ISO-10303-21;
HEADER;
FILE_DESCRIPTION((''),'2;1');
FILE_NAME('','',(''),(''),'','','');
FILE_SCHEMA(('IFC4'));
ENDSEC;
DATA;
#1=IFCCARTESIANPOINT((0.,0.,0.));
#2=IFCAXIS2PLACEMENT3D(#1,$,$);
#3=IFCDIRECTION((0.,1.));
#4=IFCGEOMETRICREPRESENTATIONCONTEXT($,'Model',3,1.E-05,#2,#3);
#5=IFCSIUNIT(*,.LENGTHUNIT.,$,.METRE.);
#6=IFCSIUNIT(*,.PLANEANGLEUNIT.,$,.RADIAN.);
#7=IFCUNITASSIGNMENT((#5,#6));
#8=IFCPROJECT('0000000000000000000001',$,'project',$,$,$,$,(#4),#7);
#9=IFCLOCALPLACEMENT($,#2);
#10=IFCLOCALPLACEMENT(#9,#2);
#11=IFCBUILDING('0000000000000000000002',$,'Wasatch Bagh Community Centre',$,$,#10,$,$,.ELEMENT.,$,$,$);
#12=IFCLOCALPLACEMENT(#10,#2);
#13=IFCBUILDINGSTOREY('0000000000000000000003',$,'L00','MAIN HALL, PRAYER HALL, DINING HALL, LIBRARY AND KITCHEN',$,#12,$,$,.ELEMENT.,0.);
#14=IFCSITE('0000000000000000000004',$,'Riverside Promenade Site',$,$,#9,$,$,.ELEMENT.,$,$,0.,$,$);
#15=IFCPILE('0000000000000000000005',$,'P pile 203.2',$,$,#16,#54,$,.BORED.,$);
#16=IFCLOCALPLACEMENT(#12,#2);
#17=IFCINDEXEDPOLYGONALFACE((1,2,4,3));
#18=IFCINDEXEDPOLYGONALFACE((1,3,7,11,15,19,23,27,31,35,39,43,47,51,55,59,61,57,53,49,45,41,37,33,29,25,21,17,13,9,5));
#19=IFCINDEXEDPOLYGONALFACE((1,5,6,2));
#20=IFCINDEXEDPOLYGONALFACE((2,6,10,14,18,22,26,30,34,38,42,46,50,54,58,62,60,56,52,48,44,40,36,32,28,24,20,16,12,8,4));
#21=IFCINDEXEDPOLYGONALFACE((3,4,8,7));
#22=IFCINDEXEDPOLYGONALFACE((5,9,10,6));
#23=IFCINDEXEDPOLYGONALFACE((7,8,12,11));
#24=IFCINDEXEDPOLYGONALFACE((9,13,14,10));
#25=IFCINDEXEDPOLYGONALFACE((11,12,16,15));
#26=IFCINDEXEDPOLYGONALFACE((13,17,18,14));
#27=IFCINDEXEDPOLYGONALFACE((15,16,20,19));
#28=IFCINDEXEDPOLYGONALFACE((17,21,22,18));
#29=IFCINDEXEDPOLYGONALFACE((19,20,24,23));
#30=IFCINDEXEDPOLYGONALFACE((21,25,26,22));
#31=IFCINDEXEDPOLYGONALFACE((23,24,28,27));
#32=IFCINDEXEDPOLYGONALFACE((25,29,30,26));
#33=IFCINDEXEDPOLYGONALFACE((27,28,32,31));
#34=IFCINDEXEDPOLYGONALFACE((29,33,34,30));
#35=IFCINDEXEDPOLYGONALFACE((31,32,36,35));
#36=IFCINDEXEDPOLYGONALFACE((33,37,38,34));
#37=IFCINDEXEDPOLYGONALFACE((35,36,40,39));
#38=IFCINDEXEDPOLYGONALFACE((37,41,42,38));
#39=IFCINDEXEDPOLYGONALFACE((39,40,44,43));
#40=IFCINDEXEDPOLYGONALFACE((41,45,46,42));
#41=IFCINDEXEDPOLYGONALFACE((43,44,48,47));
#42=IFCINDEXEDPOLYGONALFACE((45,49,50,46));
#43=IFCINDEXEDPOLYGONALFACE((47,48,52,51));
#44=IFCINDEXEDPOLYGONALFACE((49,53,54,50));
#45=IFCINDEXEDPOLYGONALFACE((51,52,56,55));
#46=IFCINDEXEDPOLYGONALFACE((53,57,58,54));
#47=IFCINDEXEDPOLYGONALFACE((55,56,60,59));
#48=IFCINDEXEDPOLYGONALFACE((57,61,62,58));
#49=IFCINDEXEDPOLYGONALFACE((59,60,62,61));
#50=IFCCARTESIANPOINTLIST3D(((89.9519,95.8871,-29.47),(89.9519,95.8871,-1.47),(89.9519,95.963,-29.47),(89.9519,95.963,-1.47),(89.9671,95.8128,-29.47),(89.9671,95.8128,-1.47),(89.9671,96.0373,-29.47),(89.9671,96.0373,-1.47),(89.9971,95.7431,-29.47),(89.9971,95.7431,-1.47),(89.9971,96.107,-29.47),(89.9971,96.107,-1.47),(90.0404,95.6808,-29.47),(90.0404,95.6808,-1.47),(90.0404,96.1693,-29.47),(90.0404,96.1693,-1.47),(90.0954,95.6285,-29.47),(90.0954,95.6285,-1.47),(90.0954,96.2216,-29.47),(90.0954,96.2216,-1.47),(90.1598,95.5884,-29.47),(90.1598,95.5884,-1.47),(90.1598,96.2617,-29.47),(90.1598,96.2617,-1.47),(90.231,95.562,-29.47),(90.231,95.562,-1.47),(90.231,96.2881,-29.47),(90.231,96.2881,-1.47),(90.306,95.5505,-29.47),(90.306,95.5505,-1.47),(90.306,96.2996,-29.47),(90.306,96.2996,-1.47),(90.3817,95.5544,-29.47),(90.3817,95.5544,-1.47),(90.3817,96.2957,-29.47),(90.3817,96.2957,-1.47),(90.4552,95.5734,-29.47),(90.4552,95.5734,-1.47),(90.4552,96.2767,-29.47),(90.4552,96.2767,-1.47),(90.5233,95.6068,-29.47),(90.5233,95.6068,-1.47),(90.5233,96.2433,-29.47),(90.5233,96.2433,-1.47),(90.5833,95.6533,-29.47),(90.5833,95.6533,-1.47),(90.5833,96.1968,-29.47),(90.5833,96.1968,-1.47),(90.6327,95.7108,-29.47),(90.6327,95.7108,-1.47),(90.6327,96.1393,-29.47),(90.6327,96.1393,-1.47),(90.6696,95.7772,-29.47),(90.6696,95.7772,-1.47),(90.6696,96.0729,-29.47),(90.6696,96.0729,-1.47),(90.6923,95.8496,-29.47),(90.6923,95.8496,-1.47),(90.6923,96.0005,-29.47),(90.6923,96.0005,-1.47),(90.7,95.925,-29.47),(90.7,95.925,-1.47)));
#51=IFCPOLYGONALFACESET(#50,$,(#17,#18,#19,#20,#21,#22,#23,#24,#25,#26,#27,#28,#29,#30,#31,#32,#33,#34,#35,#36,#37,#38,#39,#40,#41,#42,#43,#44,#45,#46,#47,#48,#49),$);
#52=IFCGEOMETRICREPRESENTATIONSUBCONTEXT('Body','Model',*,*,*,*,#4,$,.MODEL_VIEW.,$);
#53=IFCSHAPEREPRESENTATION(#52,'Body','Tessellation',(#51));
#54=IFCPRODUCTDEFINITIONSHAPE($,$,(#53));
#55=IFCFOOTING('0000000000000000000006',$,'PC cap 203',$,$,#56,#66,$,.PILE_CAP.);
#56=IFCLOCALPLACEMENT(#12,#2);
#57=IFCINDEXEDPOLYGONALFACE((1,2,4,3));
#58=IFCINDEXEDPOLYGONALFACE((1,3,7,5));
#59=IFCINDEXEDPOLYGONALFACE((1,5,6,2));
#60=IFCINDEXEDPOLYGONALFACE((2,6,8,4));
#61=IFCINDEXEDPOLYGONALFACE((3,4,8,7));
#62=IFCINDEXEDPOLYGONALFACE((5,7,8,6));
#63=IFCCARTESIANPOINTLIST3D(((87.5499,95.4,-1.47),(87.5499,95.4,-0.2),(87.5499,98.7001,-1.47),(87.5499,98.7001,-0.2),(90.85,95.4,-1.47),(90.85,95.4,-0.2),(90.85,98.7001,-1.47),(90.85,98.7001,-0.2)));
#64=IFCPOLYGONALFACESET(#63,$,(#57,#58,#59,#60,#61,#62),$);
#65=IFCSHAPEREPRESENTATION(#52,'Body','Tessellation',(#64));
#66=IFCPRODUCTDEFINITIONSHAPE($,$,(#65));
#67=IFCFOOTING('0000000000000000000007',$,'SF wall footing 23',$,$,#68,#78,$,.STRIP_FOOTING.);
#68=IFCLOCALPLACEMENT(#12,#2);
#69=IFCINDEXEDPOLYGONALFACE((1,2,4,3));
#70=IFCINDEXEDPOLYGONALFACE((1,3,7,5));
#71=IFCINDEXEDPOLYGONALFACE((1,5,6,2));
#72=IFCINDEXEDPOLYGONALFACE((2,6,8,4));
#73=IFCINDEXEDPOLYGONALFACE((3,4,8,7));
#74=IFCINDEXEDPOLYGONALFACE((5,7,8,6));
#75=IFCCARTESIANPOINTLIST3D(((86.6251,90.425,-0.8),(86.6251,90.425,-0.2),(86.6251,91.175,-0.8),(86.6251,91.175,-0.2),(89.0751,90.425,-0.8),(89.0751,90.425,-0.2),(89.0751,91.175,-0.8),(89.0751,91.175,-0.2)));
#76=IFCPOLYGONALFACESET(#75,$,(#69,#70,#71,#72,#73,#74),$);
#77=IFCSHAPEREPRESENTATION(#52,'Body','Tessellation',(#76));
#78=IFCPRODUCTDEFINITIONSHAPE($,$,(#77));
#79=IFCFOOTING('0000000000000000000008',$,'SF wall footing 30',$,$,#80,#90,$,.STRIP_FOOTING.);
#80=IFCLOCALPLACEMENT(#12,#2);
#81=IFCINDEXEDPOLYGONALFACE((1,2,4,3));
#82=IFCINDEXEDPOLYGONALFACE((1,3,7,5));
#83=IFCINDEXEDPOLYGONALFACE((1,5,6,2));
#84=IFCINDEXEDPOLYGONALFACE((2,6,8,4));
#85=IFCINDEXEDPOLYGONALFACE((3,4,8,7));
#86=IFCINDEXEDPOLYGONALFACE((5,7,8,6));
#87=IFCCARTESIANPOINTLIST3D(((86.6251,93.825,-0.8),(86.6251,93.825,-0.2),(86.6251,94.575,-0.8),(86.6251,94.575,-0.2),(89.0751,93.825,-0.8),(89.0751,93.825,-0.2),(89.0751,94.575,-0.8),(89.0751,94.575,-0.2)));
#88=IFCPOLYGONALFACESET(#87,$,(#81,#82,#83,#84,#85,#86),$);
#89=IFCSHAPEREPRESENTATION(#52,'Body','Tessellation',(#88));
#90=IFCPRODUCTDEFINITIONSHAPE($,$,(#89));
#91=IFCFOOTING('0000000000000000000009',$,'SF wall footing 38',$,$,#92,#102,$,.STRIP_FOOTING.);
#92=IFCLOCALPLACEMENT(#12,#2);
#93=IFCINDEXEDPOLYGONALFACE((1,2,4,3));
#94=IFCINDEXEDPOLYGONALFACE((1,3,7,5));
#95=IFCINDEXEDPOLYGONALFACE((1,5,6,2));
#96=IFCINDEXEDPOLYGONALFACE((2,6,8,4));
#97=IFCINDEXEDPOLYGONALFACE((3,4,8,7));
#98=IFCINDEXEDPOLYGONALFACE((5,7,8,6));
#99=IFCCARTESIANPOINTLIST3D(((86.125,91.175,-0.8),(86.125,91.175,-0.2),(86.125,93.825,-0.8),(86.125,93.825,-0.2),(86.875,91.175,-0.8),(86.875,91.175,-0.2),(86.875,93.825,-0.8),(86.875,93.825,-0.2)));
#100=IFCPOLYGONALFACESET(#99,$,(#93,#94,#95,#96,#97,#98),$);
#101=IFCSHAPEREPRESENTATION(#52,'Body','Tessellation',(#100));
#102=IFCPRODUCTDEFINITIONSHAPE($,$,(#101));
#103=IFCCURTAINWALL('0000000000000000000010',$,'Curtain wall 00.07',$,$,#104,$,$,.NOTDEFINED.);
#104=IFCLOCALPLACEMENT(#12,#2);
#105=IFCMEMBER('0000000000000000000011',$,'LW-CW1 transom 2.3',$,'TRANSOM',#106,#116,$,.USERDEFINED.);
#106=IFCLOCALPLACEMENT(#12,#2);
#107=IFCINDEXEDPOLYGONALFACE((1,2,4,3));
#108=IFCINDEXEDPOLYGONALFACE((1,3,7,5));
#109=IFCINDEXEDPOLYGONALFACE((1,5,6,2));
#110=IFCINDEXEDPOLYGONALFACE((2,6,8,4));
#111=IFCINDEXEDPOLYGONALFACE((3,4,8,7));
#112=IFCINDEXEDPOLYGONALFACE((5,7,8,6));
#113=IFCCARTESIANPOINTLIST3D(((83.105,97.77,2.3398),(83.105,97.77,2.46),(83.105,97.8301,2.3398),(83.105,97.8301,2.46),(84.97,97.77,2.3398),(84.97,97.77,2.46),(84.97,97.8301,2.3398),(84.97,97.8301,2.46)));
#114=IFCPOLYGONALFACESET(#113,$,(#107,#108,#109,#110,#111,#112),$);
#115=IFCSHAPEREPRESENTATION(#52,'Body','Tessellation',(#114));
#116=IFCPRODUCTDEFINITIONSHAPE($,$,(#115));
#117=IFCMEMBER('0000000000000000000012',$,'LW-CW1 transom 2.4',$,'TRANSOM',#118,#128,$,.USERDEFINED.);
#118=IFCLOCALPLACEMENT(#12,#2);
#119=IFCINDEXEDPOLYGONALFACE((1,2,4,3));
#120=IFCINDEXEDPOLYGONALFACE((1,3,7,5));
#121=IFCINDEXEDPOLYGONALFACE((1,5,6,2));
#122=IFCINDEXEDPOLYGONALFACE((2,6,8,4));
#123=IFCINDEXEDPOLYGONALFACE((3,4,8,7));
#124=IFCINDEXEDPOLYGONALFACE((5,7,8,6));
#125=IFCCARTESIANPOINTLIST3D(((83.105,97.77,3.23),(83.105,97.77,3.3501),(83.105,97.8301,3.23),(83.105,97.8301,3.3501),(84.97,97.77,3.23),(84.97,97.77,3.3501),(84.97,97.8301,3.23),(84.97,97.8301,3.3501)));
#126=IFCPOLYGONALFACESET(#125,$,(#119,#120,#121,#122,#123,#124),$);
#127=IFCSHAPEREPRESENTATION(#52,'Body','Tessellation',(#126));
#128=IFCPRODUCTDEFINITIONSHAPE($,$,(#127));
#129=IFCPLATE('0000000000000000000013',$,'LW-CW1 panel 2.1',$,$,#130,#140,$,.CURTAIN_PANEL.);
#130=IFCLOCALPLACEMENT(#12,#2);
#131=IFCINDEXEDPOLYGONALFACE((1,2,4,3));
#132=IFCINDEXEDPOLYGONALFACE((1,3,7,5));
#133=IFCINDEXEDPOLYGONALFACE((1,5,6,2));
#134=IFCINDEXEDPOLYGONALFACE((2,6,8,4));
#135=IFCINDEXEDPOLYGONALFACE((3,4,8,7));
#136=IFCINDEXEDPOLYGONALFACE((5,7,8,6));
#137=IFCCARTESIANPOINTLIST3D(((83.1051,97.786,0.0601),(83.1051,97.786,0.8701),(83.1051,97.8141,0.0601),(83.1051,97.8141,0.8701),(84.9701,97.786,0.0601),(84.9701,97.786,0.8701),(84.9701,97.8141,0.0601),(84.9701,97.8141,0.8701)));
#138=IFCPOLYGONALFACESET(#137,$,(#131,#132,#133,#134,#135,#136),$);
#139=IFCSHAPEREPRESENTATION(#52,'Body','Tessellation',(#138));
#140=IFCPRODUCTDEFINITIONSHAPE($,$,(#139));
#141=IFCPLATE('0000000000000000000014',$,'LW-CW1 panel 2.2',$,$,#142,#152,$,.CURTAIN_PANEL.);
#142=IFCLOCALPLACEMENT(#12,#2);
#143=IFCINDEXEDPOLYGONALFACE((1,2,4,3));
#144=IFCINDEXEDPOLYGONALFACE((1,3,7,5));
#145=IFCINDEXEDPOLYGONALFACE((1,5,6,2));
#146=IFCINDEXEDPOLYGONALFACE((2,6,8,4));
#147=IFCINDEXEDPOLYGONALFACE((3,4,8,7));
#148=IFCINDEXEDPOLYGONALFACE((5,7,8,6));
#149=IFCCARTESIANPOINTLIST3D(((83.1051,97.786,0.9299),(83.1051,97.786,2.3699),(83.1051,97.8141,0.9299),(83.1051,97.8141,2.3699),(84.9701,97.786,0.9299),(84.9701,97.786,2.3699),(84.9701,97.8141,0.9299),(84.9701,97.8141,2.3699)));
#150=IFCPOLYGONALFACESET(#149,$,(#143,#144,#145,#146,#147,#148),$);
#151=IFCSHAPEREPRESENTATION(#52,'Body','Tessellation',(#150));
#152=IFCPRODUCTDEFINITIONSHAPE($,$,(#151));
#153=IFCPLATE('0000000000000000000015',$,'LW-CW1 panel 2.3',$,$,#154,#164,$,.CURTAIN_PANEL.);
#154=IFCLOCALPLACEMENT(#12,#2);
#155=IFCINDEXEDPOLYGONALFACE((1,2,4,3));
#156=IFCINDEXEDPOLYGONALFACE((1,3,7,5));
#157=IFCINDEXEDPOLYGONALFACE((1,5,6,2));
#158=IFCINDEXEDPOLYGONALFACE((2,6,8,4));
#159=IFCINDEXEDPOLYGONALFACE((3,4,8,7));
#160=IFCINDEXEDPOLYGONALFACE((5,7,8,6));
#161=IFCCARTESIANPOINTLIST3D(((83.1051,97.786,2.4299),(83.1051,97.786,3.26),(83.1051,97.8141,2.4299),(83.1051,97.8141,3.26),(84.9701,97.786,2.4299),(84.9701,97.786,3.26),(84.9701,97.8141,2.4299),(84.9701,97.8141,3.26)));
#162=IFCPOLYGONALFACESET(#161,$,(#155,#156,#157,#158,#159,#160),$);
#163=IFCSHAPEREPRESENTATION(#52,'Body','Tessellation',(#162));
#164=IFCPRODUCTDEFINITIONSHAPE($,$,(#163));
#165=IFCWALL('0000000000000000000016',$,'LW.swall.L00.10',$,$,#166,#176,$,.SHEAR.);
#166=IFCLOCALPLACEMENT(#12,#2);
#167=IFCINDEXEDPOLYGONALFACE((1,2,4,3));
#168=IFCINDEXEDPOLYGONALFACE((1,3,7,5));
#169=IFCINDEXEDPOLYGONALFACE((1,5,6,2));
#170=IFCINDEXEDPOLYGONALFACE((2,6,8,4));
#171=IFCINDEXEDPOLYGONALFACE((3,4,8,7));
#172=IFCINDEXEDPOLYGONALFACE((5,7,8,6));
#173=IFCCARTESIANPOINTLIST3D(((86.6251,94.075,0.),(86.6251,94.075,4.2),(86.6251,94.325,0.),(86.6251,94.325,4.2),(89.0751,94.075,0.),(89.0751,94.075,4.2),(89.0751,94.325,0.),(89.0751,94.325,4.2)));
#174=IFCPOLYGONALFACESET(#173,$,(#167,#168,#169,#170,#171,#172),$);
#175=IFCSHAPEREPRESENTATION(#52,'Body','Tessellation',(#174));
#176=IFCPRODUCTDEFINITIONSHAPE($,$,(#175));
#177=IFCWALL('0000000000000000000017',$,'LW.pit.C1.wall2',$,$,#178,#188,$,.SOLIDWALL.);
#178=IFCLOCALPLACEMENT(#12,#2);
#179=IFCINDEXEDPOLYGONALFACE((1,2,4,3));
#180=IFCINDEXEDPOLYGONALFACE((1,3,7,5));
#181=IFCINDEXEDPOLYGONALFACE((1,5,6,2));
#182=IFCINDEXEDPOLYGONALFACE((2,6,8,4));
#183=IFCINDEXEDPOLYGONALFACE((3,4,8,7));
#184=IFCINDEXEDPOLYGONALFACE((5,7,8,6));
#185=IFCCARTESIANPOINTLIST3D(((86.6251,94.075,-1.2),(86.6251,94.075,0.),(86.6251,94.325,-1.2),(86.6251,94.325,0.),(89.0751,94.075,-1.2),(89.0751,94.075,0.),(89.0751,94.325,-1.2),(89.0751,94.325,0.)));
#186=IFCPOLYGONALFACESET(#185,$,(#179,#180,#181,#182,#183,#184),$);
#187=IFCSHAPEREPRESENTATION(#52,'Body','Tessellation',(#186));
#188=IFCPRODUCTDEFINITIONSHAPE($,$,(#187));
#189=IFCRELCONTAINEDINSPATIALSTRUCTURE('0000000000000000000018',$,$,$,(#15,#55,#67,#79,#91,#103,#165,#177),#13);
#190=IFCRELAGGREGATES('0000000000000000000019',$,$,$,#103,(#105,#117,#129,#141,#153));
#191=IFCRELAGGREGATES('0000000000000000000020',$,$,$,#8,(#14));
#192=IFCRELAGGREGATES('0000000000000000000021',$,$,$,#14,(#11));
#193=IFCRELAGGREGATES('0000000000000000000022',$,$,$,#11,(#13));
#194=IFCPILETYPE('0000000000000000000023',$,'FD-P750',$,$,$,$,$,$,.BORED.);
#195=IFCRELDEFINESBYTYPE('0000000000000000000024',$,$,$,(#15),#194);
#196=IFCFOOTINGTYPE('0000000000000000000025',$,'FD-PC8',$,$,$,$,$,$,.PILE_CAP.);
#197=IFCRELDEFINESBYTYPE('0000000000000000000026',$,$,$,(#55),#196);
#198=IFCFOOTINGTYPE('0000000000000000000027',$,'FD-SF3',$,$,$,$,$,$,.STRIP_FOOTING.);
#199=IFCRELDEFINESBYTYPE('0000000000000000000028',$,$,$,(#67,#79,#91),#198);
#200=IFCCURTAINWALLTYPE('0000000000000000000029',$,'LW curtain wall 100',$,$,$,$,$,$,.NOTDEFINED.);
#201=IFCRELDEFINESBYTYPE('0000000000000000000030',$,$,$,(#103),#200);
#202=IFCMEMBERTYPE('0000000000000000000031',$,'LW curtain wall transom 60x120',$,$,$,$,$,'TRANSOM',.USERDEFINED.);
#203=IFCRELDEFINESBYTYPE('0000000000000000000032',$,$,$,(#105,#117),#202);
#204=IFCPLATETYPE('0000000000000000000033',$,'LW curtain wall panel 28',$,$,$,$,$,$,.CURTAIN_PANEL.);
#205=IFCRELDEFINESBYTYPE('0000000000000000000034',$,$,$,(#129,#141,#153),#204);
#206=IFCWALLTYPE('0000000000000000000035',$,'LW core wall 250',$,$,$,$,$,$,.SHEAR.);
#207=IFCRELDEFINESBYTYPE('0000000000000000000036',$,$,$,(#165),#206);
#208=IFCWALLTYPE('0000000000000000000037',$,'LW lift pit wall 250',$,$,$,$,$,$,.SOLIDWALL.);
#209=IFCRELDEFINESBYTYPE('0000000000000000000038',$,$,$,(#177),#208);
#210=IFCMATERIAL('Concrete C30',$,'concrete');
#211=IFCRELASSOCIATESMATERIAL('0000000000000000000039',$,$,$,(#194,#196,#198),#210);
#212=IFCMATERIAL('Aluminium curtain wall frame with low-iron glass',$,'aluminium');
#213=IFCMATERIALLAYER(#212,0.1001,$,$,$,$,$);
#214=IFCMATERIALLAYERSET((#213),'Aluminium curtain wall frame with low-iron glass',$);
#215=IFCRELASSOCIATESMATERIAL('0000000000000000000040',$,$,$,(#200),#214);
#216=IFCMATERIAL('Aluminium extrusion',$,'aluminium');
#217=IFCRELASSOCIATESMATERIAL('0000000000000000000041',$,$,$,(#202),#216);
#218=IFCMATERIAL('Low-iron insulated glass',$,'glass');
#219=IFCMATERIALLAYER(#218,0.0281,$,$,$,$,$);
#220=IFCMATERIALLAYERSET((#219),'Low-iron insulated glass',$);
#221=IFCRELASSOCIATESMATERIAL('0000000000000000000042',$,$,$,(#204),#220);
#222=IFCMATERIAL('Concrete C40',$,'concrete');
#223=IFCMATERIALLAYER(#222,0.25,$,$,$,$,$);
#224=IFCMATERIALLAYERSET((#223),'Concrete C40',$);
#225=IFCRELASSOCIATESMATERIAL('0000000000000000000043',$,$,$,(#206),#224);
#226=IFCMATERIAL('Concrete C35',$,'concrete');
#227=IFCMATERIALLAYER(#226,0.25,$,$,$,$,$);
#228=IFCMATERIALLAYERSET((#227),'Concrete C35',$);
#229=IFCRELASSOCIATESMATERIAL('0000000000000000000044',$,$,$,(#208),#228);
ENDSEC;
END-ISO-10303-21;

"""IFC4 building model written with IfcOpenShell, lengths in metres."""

from ifc_helpers import new_model, si_unit, direction, frame, frame_2d, origin, origin_2d, place, context, subcontext, project, spatial, rectangle, circle, extrude, material, layer, layer_set, material_profile, profile_set, type_object, element, aggregate, save


model = new_model("IFC4")

# Units and contexts
model_context = context("Model", 3, precision=1e-05, world=origin(), true_north=direction((0.0, 1.0)))
body_context = subcontext(model_context, "Body", "Model", "MODEL_VIEW")
ifc_project = project(units=[si_unit("LENGTHUNIT", "METRE"), si_unit("PLANEANGLEUNIT", "RADIAN")], contexts=[model_context])

# Site, building, storey
site_placement = place(None, origin())
site = spatial("IfcSite", under=ifc_project, at=site_placement, Name="Riverside Promenade Site", CompositionType="ELEMENT", RefElevation=0.0)
building_placement = place(site_placement, origin())
building = spatial("IfcBuilding", under=site, at=building_placement, Name="Wasatch Bagh Community Centre", CompositionType="ELEMENT")
storey_placement = place(building_placement, origin())
storey = spatial("IfcBuildingStorey", under=building, at=storey_placement, Name="L00", Description="MAIN HALL, PRAYER HALL, DINING HALL, LIBRARY AND KITCHEN", CompositionType="ELEMENT", Elevation=0.0)

# Pile
ifc_material_1 = material(Name="Concrete C30", Category="concrete")
ifc_material_profile_1 = material_profile(ifc_material_1, circle(Radius=0.375, at=origin_2d()), Name="RC D750")
ifc_profile_set_1 = profile_set([ifc_material_profile_1], Name="Concrete C30")
pile_type_1 = type_object("IfcPileType", Name="FD-P750", PredefinedType="BORED", material=ifc_profile_set_1)
for number, where, z_axis, x_axis, name in (
    (1, (90.325, 95.925, -1.47), (0.0, 0.0, -1.0), (1.0, 0.0, 0.0), "P pile 203.2"),
):
    element("IfcPile", number, at=place(storey_placement, frame(where, z_axis=z_axis, x_axis=x_axis)), inside=storey, type_object=pile_type_1, Name=name, PredefinedType="BORED", context=body_context, shape_type="SweptSolid", body=[
        extrude(circle(Radius=0.375, at=origin_2d()), origin(), (0.0, 0.0, 1.0), 28.0),
    ])

# Footings
footing_type_1 = type_object("IfcFootingType", Name="FD-PC8", PredefinedType="PILE_CAP", material=ifc_material_1)
footing_1_placement = place(storey_placement, frame((89.2, 97.05, -1.47), z_axis=(0.0, 0.0, 1.0), x_axis=(1.0, 0.0, 0.0)))
element("IfcFooting", 2, at=footing_1_placement, inside=storey, type_object=footing_type_1, Name="PC cap 203", PredefinedType="PILE_CAP", context=body_context, shape_type="SweptSolid", body=[
    extrude(rectangle(XDim=3.3, YDim=3.3, at=origin_2d()), origin(), (0.0, 0.0, 1.0), 1.27),
])
footing_type_2 = type_object("IfcFootingType", Name="FD-SF3", PredefinedType="STRIP_FOOTING", material=ifc_material_1)
for number, where, z_axis, x_axis, name in (
    (3, (87.8501, 90.8, -0.8), (0.0, 0.0, 1.0), (1.0, 0.0, 0.0), "SF wall footing 23"),
    (4, (87.8501, 94.2, -0.8), (0.0, 0.0, 1.0), (1.0, 0.0, 0.0), "SF wall footing 30"),
):
    element("IfcFooting", number, at=place(storey_placement, frame(where, z_axis=z_axis, x_axis=x_axis)), inside=storey, type_object=footing_type_2, Name=name, PredefinedType="STRIP_FOOTING", context=body_context, shape_type="SweptSolid", body=[
        extrude(rectangle(XDim=2.45, YDim=0.75, at=origin_2d()), origin(), (0.0, 0.0, 1.0), 0.6001),
    ])
footing_2_placement = place(storey_placement, frame((86.5, 92.5, -0.8), z_axis=(0.0, 0.0, 1.0), x_axis=(0.0, 1.0, 0.0)))
element("IfcFooting", 5, at=footing_2_placement, inside=storey, type_object=footing_type_2, Name="SF wall footing 38", PredefinedType="STRIP_FOOTING", context=body_context, shape_type="SweptSolid", body=[
    extrude(rectangle(XDim=2.6499, YDim=0.75, at=origin_2d()), origin(), (0.0, 0.0, 1.0), 0.6001),
])

# Curtain wall, members, plates
ifc_material_2 = material(Name="Aluminium curtain wall frame with low-iron glass", Category="aluminium")
ifc_layer_1 = layer(ifc_material_2, 0.1001)
ifc_layer_set_1 = layer_set([ifc_layer_1], Name="Aluminium curtain wall frame with low-iron glass")
curtain_wall_type = type_object("IfcCurtainWallType", Name="LW curtain wall 100", PredefinedType="NOTDEFINED", material=ifc_layer_set_1)
curtain_wall_placement = place(storey_placement, origin())
curtain_wall = element("IfcCurtainWall", 6, at=curtain_wall_placement, inside=storey, type_object=curtain_wall_type, Name="Curtain wall 00.07", PredefinedType="NOTDEFINED")
ifc_material_3 = material(Name="Aluminium extrusion", Category="aluminium")
ifc_material_profile_2 = material_profile(ifc_material_3, rectangle(XDim=0.0601, YDim=0.1201, at=origin_2d()), Name="AL 60x120")
ifc_profile_set_2 = profile_set([ifc_material_profile_2], Name="Aluminium extrusion")
member_type = type_object("IfcMemberType", Name="LW curtain wall transom 60x120", ElementType="TRANSOM", PredefinedType="USERDEFINED", material=ifc_profile_set_2)
member_1_placement = place(storey_placement, frame((83.105, 97.8, 2.3999), z_axis=(1.0, 0.0, 0.0), x_axis=(0.0, 1.0, 0.0)))
member_1 = element("IfcMember", 7, at=member_1_placement, type_object=member_type, Name="LW-CW1 transom 2.3", ObjectType="TRANSOM", PredefinedType="USERDEFINED", context=body_context, shape_type="SweptSolid", body=[
    extrude(rectangle(XDim=0.0601, YDim=0.1201, at=origin_2d()), origin(), (0.0, 0.0, 1.0), 1.865),
])
member_2_placement = place(storey_placement, frame((83.105, 97.8, 3.29), z_axis=(1.0, 0.0, 0.0), x_axis=(0.0, 1.0, 0.0)))
member_2 = element("IfcMember", 8, at=member_2_placement, type_object=member_type, Name="LW-CW1 transom 2.4", ObjectType="TRANSOM", PredefinedType="USERDEFINED", context=body_context, shape_type="SweptSolid", body=[
    extrude(rectangle(XDim=0.0601, YDim=0.1201, at=origin_2d()), origin(), (0.0, 0.0, 1.0), 1.865),
])
ifc_material_4 = material(Name="Low-iron insulated glass", Category="glass")
ifc_layer_2 = layer(ifc_material_4, 0.0281)
ifc_layer_set_2 = layer_set([ifc_layer_2], Name="Low-iron insulated glass")
plate_type = type_object("IfcPlateType", Name="LW curtain wall panel 28", PredefinedType="CURTAIN_PANEL", material=ifc_layer_set_2)
plate_1_placement = place(storey_placement, frame((84.0376, 97.8, 0.0601), z_axis=(0.0, 0.0, 1.0), x_axis=(1.0, 0.0, 0.0)))
plate_1 = element("IfcPlate", 9, at=plate_1_placement, type_object=plate_type, Name="LW-CW1 panel 2.1", PredefinedType="CURTAIN_PANEL", context=body_context, shape_type="SweptSolid", body=[
    extrude(rectangle(XDim=1.865, YDim=0.0281, at=origin_2d()), origin(), (0.0, 0.0, 1.0), 0.8101),
])
plate_2_placement = place(storey_placement, frame((84.0376, 97.8, 0.9299), z_axis=(0.0, 0.0, 1.0), x_axis=(1.0, 0.0, 0.0)))
plate_2 = element("IfcPlate", 10, at=plate_2_placement, type_object=plate_type, Name="LW-CW1 panel 2.2", PredefinedType="CURTAIN_PANEL", context=body_context, shape_type="SweptSolid", body=[
    extrude(rectangle(XDim=1.865, YDim=0.0281, at=origin_2d()), origin(), (0.0, 0.0, 1.0), 1.4399),
])
plate_3_placement = place(storey_placement, frame((84.0376, 97.8, 2.4299), z_axis=(0.0, 0.0, 1.0), x_axis=(1.0, 0.0, 0.0)))
plate_3 = element("IfcPlate", 11, at=plate_3_placement, type_object=plate_type, Name="LW-CW1 panel 2.3", PredefinedType="CURTAIN_PANEL", context=body_context, shape_type="SweptSolid", body=[
    extrude(rectangle(XDim=1.865, YDim=0.0281, at=origin_2d()), origin(), (0.0, 0.0, 1.0), 0.8301),
])
aggregate(curtain_wall, [member_1, member_2, plate_1, plate_2, plate_3])

# Walls
ifc_material_5 = material(Name="Concrete C40", Category="concrete")
ifc_layer_3 = layer(ifc_material_5, 0.25)
ifc_layer_set_3 = layer_set([ifc_layer_3], Name="Concrete C40")
wall_type_1 = type_object("IfcWallType", Name="LW core wall 250", PredefinedType="SHEAR", material=ifc_layer_set_3)
wall_1_placement = place(storey_placement, frame((86.625, 94.2, 0.0), z_axis=(0.0, 0.0, 1.0), x_axis=(1.0, 0.0, 0.0)))
element("IfcWall", 12, at=wall_1_placement, inside=storey, type_object=wall_type_1, Name="LW.swall.L00.10", PredefinedType="SHEAR", context=body_context, shape_type="SweptSolid", body=[
    extrude(rectangle(XDim=2.45, YDim=0.25, at=frame_2d((1.2251, 0.0))), origin(), (0.0, 0.0, 1.0), 4.2),
])
ifc_material_6 = material(Name="Concrete C35", Category="concrete")
ifc_layer_4 = layer(ifc_material_6, 0.25)
ifc_layer_set_4 = layer_set([ifc_layer_4], Name="Concrete C35")
wall_type_2 = type_object("IfcWallType", Name="LW lift pit wall 250", PredefinedType="SOLIDWALL", material=ifc_layer_set_4)
wall_2_placement = place(storey_placement, frame((86.625, 94.2, -1.2), z_axis=(0.0, 0.0, 1.0), x_axis=(1.0, 0.0, 0.0)))
element("IfcWall", 13, at=wall_2_placement, inside=storey, type_object=wall_type_2, Name="LW.pit.C1.wall2", PredefinedType="SOLIDWALL", context=body_context, shape_type="SweptSolid", body=[
    extrude(rectangle(XDim=2.45, YDim=0.25, at=frame_2d((1.2251, 0.0))), origin(), (0.0, 0.0, 1.0), 1.2),
])

save(model, "model.ifc")
